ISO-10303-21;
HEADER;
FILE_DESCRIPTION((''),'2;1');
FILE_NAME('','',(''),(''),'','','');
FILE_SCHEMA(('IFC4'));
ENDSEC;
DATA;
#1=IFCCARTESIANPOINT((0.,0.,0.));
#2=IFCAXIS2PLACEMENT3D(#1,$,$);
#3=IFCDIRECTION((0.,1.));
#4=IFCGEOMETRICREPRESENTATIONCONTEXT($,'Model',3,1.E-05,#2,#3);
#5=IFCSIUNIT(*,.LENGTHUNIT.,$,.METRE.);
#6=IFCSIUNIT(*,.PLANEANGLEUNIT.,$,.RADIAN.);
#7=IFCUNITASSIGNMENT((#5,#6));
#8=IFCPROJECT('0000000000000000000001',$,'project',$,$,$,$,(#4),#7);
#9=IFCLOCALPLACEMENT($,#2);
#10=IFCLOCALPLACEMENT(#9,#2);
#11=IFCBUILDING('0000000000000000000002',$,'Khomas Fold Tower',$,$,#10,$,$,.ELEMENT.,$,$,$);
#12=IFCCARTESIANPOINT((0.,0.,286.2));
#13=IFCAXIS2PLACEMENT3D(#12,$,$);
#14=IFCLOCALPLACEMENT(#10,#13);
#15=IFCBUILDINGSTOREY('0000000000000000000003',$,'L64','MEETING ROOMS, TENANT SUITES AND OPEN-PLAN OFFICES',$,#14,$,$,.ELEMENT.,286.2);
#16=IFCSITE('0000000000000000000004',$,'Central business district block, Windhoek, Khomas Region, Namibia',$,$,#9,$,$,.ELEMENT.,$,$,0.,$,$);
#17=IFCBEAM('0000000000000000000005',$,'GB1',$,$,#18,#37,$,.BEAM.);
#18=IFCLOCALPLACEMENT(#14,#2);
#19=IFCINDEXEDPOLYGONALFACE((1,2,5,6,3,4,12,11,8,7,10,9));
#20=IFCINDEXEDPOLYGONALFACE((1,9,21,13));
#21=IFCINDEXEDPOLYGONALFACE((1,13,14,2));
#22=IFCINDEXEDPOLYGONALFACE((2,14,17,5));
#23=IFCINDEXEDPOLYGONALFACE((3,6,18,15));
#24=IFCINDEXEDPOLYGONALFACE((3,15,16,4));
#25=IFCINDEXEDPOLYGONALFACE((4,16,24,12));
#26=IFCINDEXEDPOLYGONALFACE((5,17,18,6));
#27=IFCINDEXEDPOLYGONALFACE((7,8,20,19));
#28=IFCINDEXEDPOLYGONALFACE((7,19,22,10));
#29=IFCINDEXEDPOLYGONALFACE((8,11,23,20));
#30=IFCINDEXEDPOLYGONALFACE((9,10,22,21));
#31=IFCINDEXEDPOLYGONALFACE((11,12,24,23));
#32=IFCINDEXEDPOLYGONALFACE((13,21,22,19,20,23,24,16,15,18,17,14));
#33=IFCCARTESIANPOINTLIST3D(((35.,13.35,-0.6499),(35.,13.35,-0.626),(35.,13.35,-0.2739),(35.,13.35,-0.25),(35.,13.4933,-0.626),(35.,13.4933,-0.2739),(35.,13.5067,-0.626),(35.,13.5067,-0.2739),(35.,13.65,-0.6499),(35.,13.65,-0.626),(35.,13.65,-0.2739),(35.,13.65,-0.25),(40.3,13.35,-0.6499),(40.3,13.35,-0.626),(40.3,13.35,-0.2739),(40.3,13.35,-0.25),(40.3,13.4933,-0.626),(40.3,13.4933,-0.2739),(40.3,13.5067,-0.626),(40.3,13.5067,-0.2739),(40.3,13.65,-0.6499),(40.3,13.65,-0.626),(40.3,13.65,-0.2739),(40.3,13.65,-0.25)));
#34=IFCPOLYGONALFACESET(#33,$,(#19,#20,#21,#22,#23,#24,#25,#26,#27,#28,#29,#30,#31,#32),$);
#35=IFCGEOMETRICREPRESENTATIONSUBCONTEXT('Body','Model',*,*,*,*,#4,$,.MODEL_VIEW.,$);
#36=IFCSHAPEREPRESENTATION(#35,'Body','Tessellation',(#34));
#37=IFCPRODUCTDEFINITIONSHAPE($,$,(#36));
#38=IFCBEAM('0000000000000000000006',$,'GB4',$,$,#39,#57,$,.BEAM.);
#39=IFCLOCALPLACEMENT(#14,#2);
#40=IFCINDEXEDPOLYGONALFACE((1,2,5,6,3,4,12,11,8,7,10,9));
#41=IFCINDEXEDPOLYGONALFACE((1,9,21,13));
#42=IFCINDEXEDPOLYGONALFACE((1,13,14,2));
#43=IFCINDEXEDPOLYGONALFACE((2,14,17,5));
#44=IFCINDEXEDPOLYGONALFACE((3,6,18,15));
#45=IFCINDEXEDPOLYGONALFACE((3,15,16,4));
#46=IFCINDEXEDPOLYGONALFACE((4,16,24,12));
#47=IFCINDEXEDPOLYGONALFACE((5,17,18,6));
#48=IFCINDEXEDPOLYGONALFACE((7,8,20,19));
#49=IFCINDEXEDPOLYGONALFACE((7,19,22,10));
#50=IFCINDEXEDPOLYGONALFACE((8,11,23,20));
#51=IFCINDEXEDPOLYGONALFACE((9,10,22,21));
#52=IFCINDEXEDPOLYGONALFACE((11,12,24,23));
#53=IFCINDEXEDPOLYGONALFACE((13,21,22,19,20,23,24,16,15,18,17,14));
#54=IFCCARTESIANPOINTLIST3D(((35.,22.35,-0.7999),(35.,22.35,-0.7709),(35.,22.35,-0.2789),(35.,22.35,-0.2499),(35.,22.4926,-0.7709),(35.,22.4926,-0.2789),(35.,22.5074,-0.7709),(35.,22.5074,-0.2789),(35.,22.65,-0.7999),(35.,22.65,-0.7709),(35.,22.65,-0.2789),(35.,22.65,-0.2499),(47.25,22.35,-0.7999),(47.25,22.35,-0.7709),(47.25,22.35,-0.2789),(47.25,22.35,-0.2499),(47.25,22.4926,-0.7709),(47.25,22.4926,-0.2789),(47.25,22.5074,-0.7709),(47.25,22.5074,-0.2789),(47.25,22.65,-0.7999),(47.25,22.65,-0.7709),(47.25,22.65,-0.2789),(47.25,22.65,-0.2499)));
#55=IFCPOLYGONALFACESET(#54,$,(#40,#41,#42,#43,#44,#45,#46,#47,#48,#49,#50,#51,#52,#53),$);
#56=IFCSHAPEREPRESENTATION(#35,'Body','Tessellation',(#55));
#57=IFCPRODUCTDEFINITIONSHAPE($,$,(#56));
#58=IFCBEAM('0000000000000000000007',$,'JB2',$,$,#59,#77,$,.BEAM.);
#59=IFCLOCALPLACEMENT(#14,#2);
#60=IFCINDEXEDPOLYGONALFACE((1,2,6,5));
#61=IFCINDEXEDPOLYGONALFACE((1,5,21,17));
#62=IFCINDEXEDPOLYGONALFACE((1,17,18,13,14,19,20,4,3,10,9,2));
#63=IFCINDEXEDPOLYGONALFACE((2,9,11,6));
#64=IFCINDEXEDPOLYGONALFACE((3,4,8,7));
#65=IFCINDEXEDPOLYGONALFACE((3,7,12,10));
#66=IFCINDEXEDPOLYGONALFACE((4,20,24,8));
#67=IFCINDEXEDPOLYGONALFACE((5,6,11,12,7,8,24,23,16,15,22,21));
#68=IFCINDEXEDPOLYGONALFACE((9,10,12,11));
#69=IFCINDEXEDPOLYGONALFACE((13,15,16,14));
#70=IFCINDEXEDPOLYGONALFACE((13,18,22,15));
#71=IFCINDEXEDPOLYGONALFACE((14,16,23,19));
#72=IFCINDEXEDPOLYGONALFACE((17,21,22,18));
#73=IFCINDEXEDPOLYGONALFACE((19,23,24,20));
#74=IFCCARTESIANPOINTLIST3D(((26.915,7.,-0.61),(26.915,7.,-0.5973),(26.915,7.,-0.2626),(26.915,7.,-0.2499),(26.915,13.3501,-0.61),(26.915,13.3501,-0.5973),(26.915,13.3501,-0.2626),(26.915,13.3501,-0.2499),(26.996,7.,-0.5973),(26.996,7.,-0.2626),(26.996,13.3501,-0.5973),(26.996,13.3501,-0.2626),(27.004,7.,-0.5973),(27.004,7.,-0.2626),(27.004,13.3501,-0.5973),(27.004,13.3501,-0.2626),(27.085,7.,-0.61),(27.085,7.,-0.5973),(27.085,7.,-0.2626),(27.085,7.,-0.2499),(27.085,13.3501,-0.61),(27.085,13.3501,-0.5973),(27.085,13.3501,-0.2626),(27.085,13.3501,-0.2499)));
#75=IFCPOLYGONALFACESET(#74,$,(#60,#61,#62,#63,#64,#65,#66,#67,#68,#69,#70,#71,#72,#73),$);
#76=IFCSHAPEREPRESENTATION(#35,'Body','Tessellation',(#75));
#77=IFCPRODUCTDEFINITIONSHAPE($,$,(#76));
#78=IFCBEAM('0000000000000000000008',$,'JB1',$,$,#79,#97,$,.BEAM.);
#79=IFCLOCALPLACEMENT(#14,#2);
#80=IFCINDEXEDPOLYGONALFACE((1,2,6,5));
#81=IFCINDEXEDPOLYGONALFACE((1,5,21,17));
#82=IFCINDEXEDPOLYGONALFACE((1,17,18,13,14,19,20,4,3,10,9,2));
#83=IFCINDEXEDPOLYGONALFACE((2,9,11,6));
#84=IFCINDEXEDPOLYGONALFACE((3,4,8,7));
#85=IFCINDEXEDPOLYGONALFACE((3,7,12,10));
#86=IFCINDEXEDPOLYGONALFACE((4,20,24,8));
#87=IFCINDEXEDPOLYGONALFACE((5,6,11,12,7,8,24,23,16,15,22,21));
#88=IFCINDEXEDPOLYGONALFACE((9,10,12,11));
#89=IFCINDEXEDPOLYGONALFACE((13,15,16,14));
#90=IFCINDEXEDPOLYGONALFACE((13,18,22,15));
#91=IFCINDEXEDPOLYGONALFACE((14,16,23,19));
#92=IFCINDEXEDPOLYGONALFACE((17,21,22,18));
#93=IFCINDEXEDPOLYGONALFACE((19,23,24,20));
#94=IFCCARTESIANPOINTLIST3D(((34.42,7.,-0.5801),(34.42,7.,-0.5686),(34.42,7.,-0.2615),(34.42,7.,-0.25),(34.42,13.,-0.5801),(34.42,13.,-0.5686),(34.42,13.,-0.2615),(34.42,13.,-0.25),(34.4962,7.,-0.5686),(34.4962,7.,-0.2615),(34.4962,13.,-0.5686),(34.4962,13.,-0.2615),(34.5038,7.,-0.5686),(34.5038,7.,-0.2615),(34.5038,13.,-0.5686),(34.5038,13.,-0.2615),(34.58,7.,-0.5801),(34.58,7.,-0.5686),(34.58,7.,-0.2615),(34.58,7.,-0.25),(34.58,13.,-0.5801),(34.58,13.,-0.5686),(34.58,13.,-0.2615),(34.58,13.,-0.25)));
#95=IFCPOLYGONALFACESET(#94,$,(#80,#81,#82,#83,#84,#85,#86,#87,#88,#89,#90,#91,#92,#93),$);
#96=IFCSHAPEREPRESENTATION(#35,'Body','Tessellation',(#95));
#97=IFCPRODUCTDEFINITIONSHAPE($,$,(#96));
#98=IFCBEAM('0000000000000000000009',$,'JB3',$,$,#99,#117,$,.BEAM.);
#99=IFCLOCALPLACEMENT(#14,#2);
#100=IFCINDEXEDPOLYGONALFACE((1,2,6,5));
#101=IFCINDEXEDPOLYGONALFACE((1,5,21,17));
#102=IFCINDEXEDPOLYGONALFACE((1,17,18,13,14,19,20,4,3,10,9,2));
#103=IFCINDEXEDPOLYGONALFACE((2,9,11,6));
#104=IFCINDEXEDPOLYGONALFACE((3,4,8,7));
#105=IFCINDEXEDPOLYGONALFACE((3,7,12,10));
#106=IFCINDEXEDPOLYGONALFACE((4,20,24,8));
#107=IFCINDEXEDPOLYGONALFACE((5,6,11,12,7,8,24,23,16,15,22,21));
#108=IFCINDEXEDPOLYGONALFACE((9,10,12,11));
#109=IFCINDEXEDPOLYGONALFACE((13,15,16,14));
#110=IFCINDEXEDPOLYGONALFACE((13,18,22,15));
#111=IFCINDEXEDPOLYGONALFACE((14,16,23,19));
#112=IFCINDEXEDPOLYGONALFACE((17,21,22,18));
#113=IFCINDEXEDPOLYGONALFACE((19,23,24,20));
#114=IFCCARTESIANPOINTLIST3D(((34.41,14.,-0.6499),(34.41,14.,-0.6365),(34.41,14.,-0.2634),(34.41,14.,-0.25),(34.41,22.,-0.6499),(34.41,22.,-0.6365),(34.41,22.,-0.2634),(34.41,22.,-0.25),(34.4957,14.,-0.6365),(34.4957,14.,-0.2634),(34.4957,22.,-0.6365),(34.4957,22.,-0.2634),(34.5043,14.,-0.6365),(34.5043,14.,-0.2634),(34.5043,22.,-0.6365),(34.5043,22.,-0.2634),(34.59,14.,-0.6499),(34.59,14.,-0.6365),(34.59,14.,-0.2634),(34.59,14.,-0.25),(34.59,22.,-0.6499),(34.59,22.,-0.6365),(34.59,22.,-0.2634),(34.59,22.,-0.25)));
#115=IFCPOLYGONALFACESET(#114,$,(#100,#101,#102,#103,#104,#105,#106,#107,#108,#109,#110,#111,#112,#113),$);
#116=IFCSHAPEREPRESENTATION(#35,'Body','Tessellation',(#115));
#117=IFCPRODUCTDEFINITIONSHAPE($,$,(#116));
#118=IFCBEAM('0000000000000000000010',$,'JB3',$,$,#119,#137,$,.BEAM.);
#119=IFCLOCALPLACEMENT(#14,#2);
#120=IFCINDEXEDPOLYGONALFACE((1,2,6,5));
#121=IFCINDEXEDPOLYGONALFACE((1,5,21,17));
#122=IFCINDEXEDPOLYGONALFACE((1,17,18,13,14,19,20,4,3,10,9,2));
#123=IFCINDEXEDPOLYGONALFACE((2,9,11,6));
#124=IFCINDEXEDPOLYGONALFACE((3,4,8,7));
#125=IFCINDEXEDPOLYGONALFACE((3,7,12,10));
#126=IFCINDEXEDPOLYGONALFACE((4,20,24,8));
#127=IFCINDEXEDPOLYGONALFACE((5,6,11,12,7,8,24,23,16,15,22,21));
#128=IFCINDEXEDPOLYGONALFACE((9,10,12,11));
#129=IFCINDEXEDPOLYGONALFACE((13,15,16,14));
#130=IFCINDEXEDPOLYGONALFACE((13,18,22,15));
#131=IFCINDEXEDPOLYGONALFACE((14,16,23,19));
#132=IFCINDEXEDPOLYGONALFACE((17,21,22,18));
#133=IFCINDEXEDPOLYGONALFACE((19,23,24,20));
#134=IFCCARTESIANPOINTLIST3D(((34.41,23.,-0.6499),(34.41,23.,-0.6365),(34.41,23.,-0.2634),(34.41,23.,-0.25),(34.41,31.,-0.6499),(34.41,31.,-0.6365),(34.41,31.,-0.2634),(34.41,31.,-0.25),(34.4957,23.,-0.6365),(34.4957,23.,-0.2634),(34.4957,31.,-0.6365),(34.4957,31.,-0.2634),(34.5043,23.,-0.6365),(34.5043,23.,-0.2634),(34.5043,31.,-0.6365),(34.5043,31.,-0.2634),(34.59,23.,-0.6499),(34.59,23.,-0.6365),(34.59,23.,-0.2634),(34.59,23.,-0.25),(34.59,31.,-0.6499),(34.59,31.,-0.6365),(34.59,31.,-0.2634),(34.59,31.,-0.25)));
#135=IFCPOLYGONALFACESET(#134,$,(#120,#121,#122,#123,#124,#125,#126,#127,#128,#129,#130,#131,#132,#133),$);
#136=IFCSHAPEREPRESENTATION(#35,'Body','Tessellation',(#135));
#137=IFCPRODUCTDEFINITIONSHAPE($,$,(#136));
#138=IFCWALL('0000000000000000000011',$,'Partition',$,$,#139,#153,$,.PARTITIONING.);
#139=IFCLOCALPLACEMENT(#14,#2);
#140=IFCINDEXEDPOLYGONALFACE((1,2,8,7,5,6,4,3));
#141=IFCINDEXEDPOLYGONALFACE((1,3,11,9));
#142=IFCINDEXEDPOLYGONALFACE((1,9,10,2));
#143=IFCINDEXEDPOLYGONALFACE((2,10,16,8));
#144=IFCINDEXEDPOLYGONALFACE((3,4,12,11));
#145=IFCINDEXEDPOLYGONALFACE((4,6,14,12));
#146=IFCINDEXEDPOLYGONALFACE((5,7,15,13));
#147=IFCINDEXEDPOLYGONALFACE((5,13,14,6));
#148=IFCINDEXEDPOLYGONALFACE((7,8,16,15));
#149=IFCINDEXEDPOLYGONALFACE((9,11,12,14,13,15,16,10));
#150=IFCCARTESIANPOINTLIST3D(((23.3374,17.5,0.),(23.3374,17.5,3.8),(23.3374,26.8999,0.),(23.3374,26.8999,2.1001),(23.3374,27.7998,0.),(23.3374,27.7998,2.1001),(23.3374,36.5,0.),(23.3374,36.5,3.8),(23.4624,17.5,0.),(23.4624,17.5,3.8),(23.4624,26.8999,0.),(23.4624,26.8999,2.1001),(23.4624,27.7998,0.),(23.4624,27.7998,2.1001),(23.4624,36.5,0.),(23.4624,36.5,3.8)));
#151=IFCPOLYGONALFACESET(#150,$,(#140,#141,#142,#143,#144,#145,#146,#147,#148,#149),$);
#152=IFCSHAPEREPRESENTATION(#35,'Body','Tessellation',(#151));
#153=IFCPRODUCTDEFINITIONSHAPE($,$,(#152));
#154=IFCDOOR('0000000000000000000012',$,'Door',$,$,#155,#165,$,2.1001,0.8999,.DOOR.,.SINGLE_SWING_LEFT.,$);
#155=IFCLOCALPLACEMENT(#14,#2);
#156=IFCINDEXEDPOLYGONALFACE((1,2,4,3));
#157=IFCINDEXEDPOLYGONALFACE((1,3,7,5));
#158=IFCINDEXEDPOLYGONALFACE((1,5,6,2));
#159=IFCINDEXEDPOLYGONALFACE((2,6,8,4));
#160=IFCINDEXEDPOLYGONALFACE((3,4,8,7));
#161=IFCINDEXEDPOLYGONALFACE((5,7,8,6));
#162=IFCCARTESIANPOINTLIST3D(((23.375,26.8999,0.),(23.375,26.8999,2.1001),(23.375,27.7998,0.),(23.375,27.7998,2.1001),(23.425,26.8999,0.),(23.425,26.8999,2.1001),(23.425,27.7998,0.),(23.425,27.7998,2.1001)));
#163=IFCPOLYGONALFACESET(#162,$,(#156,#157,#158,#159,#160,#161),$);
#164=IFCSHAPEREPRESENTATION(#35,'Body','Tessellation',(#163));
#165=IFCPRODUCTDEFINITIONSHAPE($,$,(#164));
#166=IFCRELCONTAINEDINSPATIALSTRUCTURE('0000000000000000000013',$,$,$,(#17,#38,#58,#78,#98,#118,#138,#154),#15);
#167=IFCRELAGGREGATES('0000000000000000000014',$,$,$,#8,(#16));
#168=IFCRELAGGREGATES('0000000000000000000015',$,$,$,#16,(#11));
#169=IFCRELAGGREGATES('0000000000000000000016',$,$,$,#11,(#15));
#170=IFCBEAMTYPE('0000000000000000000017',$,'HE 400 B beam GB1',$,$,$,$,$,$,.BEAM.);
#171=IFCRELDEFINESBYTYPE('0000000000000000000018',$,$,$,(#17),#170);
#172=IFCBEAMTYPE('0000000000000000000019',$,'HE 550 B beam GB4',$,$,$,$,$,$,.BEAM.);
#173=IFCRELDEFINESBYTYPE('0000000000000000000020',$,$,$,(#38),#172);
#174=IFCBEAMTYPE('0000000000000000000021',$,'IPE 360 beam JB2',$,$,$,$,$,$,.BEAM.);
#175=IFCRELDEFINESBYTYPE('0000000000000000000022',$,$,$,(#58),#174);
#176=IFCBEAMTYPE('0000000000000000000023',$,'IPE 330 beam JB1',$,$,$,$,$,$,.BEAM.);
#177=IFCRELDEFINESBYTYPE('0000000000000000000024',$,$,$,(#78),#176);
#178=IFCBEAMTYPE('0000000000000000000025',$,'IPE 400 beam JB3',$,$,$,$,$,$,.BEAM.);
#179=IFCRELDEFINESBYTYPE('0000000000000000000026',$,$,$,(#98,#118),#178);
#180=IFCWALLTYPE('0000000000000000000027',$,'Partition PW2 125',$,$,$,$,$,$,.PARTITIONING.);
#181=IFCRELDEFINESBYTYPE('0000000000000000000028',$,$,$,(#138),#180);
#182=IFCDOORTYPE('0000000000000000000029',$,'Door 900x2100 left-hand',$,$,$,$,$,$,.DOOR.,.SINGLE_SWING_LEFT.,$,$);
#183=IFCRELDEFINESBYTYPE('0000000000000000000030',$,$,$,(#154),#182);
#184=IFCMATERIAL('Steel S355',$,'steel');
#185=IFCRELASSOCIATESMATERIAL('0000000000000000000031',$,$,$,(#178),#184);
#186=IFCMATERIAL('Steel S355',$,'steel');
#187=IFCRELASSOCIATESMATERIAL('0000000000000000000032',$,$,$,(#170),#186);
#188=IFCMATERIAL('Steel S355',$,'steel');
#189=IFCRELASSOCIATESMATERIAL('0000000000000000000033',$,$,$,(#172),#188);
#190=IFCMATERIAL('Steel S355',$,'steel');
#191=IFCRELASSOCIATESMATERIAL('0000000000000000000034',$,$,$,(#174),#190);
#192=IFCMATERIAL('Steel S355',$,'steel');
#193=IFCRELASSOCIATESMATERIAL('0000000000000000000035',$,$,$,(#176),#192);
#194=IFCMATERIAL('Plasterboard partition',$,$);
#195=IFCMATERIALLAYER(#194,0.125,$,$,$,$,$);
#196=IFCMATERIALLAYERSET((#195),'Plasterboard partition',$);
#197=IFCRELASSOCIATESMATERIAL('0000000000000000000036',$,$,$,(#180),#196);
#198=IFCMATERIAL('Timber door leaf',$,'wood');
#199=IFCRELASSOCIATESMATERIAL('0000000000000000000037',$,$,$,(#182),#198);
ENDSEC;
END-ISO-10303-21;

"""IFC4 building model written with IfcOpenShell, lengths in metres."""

from ifc_helpers import new_model, si_unit, direction, frame, frame_2d, origin, origin_2d, place, context, subcontext, project, spatial, rectangle, i_section, extrude, source, transform, mapped, material, layer, layer_set, material_profile, profile_set, type_object, element, fill, save


model = new_model("IFC4")

# Units and contexts
model_context = context("Model", 3, precision=1e-05, world=origin(), true_north=direction((0.0, 1.0)))
body_context = subcontext(model_context, "Body", "Model", "MODEL_VIEW")
ifc_project = project(units=[si_unit("LENGTHUNIT", "METRE"), si_unit("PLANEANGLEUNIT", "RADIAN")], contexts=[model_context])

# Site, building, storey
site_placement = place(None, origin())
site = spatial("IfcSite", under=ifc_project, at=site_placement, Name="Central business district block, Windhoek, Khomas Region, Namibia", CompositionType="ELEMENT", RefElevation=0.0)
building_placement = place(site_placement, origin())
building = spatial("IfcBuilding", under=site, at=building_placement, Name="Khomas Fold Tower", CompositionType="ELEMENT")
storey_placement = place(building_placement, frame((0.0, 0.0, 286.2)))
storey = spatial("IfcBuildingStorey", under=building, at=storey_placement, Name="L64", Description="MEETING ROOMS, TENANT SUITES AND OPEN-PLAN OFFICES", CompositionType="ELEMENT", Elevation=286.2)

# Beams
ifc_material_1 = material(Name="Steel S355", Category="steel")
ifc_material_profile_1 = material_profile(ifc_material_1, i_section(OverallWidth=0.1799, OverallDepth=0.3999, WebThickness=0.0085, FlangeThickness=0.0134, at=origin_2d()), Name="IPE 400")
ifc_profile_set_1 = profile_set([ifc_material_profile_1], Name="Steel S355")
beam_type_1 = type_object("IfcBeamType", Name="IPE 400 beam JB3", PredefinedType="BEAM", material=ifc_profile_set_1)
ifc_material_2 = material(Name="Steel S355", Category="steel")
ifc_material_profile_2 = material_profile(ifc_material_2, i_section(OverallWidth=0.3, OverallDepth=0.3999, WebThickness=0.0134, FlangeThickness=0.0239, at=origin_2d()), Name="HE 400 B")
ifc_profile_set_2 = profile_set([ifc_material_profile_2], Name="Steel S355")
beam_type_2 = type_object("IfcBeamType", Name="HE 400 B beam GB1", PredefinedType="BEAM", material=ifc_profile_set_2)
shared_shape_1 = source(origin(), body_context, "Body", "SweptSolid", [
    extrude(i_section(OverallWidth=0.3, OverallDepth=0.3999, WebThickness=0.0134, FlangeThickness=0.0239, at=origin_2d()), origin(), (0.0, 0.0, 1.0), 5.3),
])
beam_1_placement = place(storey_placement, frame((35.0, 13.5, -0.45), z_axis=(1.0, 0.0, 0.0), x_axis=(0.0, 1.0, 0.0)))
element("IfcBeam", 1, at=beam_1_placement, inside=storey, type_object=beam_type_2, Name="GB1", PredefinedType="BEAM", context=body_context, shape_type="MappedRepresentation", body=[
    mapped(shared_shape_1, transform((0.0, 0.0, 0.0))),
])
ifc_material_3 = material(Name="Steel S355", Category="steel")
ifc_material_profile_3 = material_profile(ifc_material_3, i_section(OverallWidth=0.3, OverallDepth=0.55, WebThickness=0.0149, FlangeThickness=0.0291, at=origin_2d()), Name="HE 550 B")
ifc_profile_set_3 = profile_set([ifc_material_profile_3], Name="Steel S355")
beam_type_3 = type_object("IfcBeamType", Name="HE 550 B beam GB4", PredefinedType="BEAM", material=ifc_profile_set_3)
shared_shape_2 = source(origin(), body_context, "Body", "SweptSolid", [
    extrude(i_section(OverallWidth=0.3, OverallDepth=0.55, WebThickness=0.0149, FlangeThickness=0.0291, at=origin_2d()), origin(), (0.0, 0.0, 1.0), 12.25),
])
beam_2_placement = place(storey_placement, frame((35.0, 22.5, -0.5249), z_axis=(1.0, 0.0, 0.0), x_axis=(0.0, 1.0, 0.0)))
element("IfcBeam", 2, at=beam_2_placement, inside=storey, type_object=beam_type_3, Name="GB4", PredefinedType="BEAM", context=body_context, shape_type="MappedRepresentation", body=[
    mapped(shared_shape_2, transform((0.0, 0.0, 0.0))),
])
ifc_material_4 = material(Name="Steel S355", Category="steel")
ifc_material_profile_4 = material_profile(ifc_material_4, i_section(OverallWidth=0.1699, OverallDepth=0.3601, WebThickness=0.0081, FlangeThickness=0.0127, at=origin_2d()), Name="IPE 360")
ifc_profile_set_4 = profile_set([ifc_material_profile_4], Name="Steel S355")
beam_type_4 = type_object("IfcBeamType", Name="IPE 360 beam JB2", PredefinedType="BEAM", material=ifc_profile_set_4)
shared_shape_3 = source(origin(), body_context, "Body", "SweptSolid", [
    extrude(i_section(OverallWidth=0.1699, OverallDepth=0.3601, WebThickness=0.0081, FlangeThickness=0.0127, at=origin_2d()), origin(), (0.0, 0.0, 1.0), 6.3501),
])
beam_3_placement = place(storey_placement, frame((27.0, 7.0, -0.4299), z_axis=(0.0, 1.0, 0.0), x_axis=(-1.0, 0.0, 0.0)))
element("IfcBeam", 3, at=beam_3_placement, inside=storey, type_object=beam_type_4, Name="JB2", PredefinedType="BEAM", context=body_context, shape_type="MappedRepresentation", body=[
    mapped(shared_shape_3, transform((0.0, 0.0, 0.0))),
])
ifc_material_5 = material(Name="Steel S355", Category="steel")
ifc_material_profile_5 = material_profile(ifc_material_5, i_section(OverallWidth=0.1599, OverallDepth=0.3301, WebThickness=0.0076, FlangeThickness=0.0115, at=origin_2d()), Name="IPE 330")
ifc_profile_set_5 = profile_set([ifc_material_profile_5], Name="Steel S355")
beam_type_5 = type_object("IfcBeamType", Name="IPE 330 beam JB1", PredefinedType="BEAM", material=ifc_profile_set_5)
shared_shape_4 = source(origin(), body_context, "Body", "SweptSolid", [
    extrude(i_section(OverallWidth=0.1599, OverallDepth=0.3301, WebThickness=0.0076, FlangeThickness=0.0115, at=origin_2d()), origin(), (0.0, 0.0, 1.0), 6.0),
])
beam_4_placement = place(storey_placement, frame((34.5, 7.0, -0.415), z_axis=(0.0, 1.0, 0.0), x_axis=(-1.0, 0.0, 0.0)))
element("IfcBeam", 4, at=beam_4_placement, inside=storey, type_object=beam_type_5, Name="JB1", PredefinedType="BEAM", context=body_context, shape_type="MappedRepresentation", body=[
    mapped(shared_shape_4, transform((0.0, 0.0, 0.0))),
])
shared_shape_5 = source(origin(), body_context, "Body", "SweptSolid", [
    extrude(i_section(OverallWidth=0.1799, OverallDepth=0.3999, WebThickness=0.0085, FlangeThickness=0.0134, at=origin_2d()), origin(), (0.0, 0.0, 1.0), 8.0),
])
for number, where, z_axis, x_axis, name in (
    (5, (34.5, 14.0, -0.45), (0.0, 1.0, 0.0), (-1.0, 0.0, 0.0), "JB3"),
    (6, (34.5, 23.0, -0.45), (0.0, 1.0, 0.0), (-1.0, 0.0, 0.0), "JB3"),
):
    element("IfcBeam", number, at=place(storey_placement, frame(where, z_axis=z_axis, x_axis=x_axis)), inside=storey, type_object=beam_type_1, Name=name, PredefinedType="BEAM", context=body_context, shape_type="MappedRepresentation", body=[
        mapped(shared_shape_5, transform((0.0, 0.0, 0.0))),
    ])

# Wall, opening, door
ifc_material_6 = material(Name="Plasterboard partition")
ifc_layer_1 = layer(ifc_material_6, 0.125)
ifc_layer_set_1 = layer_set([ifc_layer_1], Name="Plasterboard partition")
wall_type_1 = type_object("IfcWallType", Name="Partition PW2 125", PredefinedType="PARTITIONING", material=ifc_layer_set_1)
shared_shape_6 = source(origin(), body_context, "Body", "SweptSolid", [
    extrude(rectangle(XDim=19.0, YDim=0.125, at=frame_2d((9.5, 0.0))), origin(), (0.0, 0.0, 1.0), 3.8),
])
wall_1_placement = place(storey_placement, frame((23.3999, 17.5, 0.0), z_axis=(0.0, 0.0, 1.0), x_axis=(0.0, 1.0, 0.0)))
wall_1 = element("IfcWall", 7, at=wall_1_placement, inside=storey, type_object=wall_type_1, Name="Partition", PredefinedType="PARTITIONING", context=body_context, shape_type="MappedRepresentation", body=[
    mapped(shared_shape_6, transform((0.0, 0.0, 0.0))),
])
shared_shape_7 = source(origin(), body_context, "Body", "SweptSolid", [
    extrude(rectangle(XDim=0.8999, YDim=2.1001, at=frame_2d((0.45, 1.05))), frame((0.0, 0.0725, 0.0), z_axis=(0.0, -1.0, 0.0), x_axis=(1.0, 0.0, 0.0)), (0.0, 0.0, 1.0), 0.145),
])
opening_placement = place(wall_1_placement, frame((9.3999, 0.0, 0.0)))
opening = element("IfcOpeningElement", 8, at=opening_placement, cuts=wall_1, PredefinedType="OPENING", context=body_context, shape_type="MappedRepresentation", body=[
    mapped(shared_shape_7, transform((0.0, 0.0, 0.0))),
])
ifc_material_7 = material(Name="Timber door leaf", Category="wood")
door_type = type_object("IfcDoorType", Name="Door 900x2100 left-hand", OperationType="SINGLE_SWING_LEFT", PredefinedType="DOOR", material=ifc_material_7)
shared_shape_8 = source(origin(), body_context, "Body", "SweptSolid", [
    extrude(rectangle(XDim=0.8999, YDim=2.1001, at=frame_2d((0.45, 1.05))), frame((0.0, 0.0249, 0.0), z_axis=(0.0, -1.0, 0.0), x_axis=(1.0, 0.0, 0.0)), (0.0, 0.0, 1.0), 0.05),
])
door_placement = place(opening_placement, origin())
door = element("IfcDoor", 9, at=door_placement, inside=storey, type_object=door_type, Name="Door", OperationType="SINGLE_SWING_LEFT", OverallHeight=2.1001, OverallWidth=0.8999, PredefinedType="DOOR", context=body_context, shape_type="MappedRepresentation", body=[
    mapped(shared_shape_8, transform((0.0, 0.0, 0.0))),
])
fill(opening, door)

save(model, "model.ifc")
